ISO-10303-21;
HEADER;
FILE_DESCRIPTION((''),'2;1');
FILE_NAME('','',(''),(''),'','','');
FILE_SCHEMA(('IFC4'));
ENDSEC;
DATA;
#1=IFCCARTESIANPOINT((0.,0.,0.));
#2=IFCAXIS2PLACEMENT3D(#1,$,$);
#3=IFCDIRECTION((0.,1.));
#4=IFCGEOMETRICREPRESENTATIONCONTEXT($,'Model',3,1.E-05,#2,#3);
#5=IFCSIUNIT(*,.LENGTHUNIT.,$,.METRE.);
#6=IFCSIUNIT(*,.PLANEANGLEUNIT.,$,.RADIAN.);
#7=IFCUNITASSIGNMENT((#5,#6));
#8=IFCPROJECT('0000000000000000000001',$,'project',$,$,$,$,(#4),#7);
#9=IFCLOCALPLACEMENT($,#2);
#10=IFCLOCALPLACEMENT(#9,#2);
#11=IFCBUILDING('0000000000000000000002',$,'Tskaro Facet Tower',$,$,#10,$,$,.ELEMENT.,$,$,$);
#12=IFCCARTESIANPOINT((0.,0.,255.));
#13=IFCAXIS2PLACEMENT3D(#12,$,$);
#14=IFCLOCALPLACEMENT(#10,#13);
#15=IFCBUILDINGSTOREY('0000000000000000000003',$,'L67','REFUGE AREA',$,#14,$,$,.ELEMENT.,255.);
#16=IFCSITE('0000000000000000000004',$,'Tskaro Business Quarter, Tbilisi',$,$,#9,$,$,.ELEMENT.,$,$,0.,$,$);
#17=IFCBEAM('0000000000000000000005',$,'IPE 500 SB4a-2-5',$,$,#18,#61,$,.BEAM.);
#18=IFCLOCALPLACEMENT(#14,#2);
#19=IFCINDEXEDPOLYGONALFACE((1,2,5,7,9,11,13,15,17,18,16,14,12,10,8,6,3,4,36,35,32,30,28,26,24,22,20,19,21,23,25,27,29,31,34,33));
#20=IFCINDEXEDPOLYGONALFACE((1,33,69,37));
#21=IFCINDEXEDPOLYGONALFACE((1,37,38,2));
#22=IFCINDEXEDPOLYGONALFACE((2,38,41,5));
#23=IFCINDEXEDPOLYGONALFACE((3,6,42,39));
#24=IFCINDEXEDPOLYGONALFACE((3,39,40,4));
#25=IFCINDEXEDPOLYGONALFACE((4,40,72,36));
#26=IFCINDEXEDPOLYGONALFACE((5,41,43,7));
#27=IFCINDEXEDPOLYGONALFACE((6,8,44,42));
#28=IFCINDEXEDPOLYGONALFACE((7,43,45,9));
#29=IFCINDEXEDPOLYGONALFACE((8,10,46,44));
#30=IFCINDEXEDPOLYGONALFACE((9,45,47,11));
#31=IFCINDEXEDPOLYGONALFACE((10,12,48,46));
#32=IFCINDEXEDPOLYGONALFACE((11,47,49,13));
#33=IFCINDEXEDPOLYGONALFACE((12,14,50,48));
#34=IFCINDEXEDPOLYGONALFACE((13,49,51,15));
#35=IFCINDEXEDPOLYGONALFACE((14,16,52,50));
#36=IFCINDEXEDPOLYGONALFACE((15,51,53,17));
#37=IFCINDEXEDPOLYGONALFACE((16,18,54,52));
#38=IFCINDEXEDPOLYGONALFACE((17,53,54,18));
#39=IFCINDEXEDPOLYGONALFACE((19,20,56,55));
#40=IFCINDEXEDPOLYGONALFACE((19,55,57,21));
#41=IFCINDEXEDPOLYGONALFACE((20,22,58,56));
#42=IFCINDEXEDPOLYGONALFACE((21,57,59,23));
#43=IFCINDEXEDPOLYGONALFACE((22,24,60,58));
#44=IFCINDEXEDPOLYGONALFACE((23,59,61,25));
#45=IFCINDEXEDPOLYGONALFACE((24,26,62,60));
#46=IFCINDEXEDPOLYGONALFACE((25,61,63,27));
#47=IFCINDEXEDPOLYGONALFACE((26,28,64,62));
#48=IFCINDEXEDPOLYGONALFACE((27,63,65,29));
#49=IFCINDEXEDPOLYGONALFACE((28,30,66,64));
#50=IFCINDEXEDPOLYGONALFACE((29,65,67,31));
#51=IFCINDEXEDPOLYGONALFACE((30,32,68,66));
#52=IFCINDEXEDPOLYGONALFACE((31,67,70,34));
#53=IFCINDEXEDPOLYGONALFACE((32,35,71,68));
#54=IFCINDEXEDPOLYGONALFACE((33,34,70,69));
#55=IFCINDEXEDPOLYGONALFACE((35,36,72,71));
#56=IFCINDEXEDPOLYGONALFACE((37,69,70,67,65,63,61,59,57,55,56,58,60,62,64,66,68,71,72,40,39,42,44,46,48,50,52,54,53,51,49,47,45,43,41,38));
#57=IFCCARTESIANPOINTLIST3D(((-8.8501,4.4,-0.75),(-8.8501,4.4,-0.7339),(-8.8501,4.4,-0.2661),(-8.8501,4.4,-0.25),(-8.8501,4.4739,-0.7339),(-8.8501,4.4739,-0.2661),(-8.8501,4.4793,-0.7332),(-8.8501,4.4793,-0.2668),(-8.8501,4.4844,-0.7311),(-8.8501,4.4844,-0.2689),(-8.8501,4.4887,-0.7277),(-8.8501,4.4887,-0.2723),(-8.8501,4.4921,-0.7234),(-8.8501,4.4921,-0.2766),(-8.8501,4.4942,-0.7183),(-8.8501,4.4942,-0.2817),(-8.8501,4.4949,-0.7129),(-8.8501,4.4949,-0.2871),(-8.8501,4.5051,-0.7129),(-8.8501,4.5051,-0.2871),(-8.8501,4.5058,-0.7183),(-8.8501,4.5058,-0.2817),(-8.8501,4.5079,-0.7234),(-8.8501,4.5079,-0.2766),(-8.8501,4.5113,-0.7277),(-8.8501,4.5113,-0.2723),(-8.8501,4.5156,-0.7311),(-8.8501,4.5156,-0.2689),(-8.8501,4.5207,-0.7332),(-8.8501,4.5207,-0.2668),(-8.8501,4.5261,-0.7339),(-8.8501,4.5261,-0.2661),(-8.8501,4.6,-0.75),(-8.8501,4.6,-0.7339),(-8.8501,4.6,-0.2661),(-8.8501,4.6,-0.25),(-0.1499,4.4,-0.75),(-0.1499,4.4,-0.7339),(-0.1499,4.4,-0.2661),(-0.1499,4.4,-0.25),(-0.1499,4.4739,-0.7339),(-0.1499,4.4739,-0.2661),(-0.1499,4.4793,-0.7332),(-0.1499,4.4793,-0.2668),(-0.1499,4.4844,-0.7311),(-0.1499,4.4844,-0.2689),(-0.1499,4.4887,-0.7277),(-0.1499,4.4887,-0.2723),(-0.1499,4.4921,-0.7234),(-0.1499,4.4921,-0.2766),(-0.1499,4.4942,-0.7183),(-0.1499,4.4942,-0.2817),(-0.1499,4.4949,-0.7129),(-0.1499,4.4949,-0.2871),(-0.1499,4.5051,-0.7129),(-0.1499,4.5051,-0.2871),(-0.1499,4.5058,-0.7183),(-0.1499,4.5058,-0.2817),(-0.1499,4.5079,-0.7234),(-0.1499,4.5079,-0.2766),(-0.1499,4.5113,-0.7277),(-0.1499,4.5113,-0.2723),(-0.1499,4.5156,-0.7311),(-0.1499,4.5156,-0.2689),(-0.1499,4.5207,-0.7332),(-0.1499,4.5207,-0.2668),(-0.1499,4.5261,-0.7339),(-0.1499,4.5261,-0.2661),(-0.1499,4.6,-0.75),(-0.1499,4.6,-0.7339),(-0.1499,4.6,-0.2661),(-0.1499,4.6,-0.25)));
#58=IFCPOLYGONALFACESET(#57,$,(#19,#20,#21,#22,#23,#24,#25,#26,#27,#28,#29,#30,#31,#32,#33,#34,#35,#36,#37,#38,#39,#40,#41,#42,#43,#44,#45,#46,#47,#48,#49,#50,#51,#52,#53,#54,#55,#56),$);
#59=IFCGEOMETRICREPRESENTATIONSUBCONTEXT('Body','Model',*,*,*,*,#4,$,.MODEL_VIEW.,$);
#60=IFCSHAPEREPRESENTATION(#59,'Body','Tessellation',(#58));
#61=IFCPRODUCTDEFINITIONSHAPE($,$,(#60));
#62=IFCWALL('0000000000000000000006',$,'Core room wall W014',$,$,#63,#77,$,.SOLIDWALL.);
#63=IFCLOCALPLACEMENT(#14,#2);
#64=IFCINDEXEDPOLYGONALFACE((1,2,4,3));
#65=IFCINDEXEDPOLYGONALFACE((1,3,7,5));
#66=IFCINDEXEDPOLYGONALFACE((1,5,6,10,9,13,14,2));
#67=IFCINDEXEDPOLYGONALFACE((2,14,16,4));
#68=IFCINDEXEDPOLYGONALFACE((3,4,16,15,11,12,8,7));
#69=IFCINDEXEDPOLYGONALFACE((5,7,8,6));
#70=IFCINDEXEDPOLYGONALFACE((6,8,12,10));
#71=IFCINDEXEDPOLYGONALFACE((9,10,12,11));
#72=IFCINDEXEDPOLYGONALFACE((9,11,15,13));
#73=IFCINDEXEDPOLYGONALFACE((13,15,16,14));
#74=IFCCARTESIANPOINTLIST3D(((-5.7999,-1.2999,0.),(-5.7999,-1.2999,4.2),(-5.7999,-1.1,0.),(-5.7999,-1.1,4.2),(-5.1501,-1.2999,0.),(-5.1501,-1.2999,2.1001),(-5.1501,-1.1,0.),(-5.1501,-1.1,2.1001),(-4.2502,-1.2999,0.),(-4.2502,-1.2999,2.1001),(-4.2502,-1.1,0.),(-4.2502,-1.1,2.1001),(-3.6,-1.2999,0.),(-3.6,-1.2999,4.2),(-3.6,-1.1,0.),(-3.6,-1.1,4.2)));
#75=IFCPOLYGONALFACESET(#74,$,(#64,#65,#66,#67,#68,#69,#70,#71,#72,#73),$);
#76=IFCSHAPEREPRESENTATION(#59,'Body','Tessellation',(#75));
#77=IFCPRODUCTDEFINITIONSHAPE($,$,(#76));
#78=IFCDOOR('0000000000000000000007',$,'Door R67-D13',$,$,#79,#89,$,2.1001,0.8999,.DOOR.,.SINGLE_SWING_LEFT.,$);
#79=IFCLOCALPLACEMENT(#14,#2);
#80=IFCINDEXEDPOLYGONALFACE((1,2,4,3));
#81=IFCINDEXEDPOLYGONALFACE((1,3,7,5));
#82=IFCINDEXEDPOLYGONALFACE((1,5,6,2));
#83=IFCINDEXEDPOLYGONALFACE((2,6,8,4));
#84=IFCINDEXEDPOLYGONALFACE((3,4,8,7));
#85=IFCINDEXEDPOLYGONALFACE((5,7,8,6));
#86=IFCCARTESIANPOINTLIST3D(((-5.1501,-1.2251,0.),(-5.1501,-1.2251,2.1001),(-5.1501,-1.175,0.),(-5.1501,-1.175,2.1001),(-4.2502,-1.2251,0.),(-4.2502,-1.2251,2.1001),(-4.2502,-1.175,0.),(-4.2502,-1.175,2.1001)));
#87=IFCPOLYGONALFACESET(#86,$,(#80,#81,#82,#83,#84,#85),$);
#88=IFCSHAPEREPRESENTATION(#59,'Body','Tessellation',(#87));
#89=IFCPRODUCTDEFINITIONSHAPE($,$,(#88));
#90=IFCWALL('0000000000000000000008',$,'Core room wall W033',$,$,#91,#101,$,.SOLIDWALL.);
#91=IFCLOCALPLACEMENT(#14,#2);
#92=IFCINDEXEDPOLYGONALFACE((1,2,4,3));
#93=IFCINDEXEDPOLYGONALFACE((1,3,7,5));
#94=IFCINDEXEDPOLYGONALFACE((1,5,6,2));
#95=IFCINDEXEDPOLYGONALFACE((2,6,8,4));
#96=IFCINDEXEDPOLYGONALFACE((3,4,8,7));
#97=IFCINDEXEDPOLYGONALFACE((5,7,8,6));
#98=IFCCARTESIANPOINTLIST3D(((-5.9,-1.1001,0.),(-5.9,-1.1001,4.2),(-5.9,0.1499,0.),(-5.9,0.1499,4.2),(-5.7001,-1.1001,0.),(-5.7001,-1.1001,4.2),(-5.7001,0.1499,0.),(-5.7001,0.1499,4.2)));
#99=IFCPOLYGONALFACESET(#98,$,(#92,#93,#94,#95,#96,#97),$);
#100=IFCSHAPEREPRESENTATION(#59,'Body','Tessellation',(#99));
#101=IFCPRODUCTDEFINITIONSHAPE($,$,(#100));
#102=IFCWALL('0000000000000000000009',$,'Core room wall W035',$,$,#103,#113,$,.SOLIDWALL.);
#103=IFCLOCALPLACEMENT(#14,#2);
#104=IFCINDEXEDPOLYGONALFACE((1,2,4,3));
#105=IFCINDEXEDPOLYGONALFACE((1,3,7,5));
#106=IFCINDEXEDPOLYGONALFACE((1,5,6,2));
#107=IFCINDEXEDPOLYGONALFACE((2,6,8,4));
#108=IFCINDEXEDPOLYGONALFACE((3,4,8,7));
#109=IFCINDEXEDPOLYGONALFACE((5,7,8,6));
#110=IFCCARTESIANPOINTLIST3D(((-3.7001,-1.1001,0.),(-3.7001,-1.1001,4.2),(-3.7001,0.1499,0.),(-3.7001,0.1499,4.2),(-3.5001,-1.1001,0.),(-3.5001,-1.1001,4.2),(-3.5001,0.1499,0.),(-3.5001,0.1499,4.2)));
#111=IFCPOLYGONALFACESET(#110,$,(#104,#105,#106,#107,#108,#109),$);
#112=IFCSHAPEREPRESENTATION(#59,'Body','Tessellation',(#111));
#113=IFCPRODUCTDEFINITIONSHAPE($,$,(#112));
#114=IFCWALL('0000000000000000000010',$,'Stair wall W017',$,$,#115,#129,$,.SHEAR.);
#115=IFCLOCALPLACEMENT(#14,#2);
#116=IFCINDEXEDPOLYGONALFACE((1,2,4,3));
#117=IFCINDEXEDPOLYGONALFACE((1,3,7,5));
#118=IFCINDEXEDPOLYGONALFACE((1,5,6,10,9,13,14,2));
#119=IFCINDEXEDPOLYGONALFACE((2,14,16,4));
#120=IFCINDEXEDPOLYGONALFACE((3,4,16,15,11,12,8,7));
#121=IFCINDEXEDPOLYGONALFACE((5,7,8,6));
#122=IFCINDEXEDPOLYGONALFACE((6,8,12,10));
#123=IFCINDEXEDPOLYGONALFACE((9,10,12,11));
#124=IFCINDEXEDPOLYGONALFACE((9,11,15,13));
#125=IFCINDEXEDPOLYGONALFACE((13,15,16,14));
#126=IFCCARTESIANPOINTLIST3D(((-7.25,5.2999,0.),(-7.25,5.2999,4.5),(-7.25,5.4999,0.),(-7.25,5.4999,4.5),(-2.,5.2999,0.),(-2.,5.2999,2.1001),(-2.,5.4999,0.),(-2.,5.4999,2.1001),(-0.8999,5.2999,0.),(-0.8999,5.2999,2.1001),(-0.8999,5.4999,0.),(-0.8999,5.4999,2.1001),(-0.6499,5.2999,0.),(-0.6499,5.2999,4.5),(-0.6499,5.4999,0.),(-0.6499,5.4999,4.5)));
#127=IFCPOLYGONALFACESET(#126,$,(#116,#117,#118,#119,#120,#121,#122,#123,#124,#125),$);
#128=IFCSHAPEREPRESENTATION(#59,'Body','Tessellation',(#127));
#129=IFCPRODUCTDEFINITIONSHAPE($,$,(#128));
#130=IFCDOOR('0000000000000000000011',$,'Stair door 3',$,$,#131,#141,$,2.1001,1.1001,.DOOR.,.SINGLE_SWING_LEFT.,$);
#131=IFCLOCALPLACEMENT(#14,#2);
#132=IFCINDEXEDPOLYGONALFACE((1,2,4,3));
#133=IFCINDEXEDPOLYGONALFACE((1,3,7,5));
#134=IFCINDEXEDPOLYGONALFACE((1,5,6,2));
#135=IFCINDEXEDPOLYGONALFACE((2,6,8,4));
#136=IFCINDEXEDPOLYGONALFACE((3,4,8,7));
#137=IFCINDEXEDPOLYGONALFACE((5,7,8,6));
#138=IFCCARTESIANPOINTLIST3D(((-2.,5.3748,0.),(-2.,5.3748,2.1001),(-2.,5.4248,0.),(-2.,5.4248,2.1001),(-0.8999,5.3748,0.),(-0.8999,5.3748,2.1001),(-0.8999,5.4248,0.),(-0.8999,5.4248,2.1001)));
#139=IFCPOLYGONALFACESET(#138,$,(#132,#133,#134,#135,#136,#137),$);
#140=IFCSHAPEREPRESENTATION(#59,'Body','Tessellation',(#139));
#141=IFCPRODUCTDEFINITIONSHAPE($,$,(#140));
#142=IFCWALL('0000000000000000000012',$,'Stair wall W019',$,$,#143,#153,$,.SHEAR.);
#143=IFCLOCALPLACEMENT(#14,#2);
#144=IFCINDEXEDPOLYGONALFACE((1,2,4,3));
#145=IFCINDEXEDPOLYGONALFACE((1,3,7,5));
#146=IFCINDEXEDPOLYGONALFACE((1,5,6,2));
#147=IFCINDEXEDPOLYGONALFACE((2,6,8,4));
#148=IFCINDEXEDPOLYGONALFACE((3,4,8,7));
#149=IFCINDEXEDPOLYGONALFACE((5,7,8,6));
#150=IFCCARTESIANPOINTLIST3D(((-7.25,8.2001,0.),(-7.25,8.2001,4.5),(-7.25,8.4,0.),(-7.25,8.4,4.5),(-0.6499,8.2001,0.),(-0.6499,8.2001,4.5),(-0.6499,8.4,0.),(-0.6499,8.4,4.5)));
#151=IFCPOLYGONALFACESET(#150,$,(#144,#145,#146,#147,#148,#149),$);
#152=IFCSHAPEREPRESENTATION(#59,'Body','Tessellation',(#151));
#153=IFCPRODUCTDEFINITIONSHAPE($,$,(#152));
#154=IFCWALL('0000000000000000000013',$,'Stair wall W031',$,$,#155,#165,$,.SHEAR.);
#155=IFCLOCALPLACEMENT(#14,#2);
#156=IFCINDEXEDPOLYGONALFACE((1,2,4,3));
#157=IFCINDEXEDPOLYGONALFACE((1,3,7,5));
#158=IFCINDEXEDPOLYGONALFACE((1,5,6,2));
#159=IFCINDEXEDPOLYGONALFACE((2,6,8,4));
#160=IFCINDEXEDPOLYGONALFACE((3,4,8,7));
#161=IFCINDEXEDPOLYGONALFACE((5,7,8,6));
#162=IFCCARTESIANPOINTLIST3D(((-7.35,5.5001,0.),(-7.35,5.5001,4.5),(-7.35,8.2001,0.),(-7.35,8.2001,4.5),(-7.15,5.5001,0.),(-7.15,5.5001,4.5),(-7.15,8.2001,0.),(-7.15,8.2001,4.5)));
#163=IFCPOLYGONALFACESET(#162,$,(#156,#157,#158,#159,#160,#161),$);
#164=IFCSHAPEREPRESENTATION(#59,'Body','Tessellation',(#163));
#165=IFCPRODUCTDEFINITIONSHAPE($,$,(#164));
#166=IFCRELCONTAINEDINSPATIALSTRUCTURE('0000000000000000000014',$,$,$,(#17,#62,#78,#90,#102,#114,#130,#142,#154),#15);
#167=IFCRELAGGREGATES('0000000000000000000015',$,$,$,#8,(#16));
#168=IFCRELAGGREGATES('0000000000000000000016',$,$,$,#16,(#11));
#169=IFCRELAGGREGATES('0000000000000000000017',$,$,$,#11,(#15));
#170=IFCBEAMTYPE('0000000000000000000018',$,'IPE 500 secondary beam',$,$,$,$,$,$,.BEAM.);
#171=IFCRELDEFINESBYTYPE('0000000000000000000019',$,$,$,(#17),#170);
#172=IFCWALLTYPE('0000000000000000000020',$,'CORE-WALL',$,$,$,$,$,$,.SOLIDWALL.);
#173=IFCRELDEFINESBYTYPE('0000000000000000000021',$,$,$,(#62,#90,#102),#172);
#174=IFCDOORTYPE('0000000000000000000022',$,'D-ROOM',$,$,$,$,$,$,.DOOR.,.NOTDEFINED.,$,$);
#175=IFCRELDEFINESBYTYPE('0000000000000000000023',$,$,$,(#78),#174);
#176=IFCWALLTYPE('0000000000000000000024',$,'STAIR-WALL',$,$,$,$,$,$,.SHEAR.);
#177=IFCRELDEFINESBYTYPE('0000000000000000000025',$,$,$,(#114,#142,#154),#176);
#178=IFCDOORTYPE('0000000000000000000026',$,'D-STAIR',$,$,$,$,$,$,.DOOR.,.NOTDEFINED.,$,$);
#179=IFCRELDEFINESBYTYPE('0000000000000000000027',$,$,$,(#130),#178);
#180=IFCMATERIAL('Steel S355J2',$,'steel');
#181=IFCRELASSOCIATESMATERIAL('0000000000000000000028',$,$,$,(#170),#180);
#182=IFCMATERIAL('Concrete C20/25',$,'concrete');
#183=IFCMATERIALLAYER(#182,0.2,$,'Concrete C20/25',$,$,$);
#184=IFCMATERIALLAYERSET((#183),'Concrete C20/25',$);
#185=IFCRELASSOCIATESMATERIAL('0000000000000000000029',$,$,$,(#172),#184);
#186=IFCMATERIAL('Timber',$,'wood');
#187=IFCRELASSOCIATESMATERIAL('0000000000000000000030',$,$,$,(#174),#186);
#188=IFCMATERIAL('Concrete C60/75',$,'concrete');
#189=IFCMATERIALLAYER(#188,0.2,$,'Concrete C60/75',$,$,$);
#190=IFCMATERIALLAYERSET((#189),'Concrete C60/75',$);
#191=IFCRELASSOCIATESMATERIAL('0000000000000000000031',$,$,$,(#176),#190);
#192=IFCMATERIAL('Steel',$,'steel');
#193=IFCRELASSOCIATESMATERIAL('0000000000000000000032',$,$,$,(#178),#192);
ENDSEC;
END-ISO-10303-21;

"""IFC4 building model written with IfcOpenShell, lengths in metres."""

from ifc_helpers import new_model, si_unit, direction, frame, frame_2d, origin, origin_2d, place, context, subcontext, project, spatial, rectangle, i_section, extrude, material, layer, layer_set, material_profile, profile_set, type_object, element, fill, save


model = new_model("IFC4")

# Units and contexts
model_context = context("Model", 3, precision=1e-05, world=origin(), true_north=direction((0.0, 1.0)))
body_context = subcontext(model_context, "Body", "Model", "MODEL_VIEW")
ifc_project = project(units=[si_unit("LENGTHUNIT", "METRE"), si_unit("PLANEANGLEUNIT", "RADIAN")], contexts=[model_context])

# Site, building, storey
site_placement = place(None, origin())
site = spatial("IfcSite", under=ifc_project, at=site_placement, Name="Tskaro Business Quarter, Tbilisi", CompositionType="ELEMENT", RefElevation=0.0)
building_placement = place(site_placement, origin())
building = spatial("IfcBuilding", under=site, at=building_placement, Name="Tskaro Facet Tower", CompositionType="ELEMENT")
storey_placement = place(building_placement, frame((0.0, 0.0, 255.0)))
storey = spatial("IfcBuildingStorey", under=building, at=storey_placement, Name="L67", Description="REFUGE AREA", CompositionType="ELEMENT", Elevation=255.0)

# Beam
ifc_material_1 = material(Name="Steel S355J2", Category="steel")
ifc_material_profile_1 = material_profile(ifc_material_1, i_section(OverallWidth=0.2, OverallDepth=0.5, WebThickness=0.0103, FlangeThickness=0.0161, FilletRadius=0.021, at=origin_2d()), Name="IPE 500")
ifc_profile_set_1 = profile_set([ifc_material_profile_1], Name="Steel S355J2")
beam_type_1 = type_object("IfcBeamType", Name="IPE 500 secondary beam", PredefinedType="BEAM", material=ifc_profile_set_1)
beam_1_placement = place(storey_placement, frame((-8.8501, 4.5, -0.5), z_axis=(1.0, 0.0, 0.0), x_axis=(0.0, 1.0, 0.0)))
element("IfcBeam", 1, at=beam_1_placement, inside=storey, type_object=beam_type_1, Name="IPE 500 SB4a-2-5", PredefinedType="BEAM", context=body_context, shape_type="SweptSolid", body=[
    extrude(i_section(OverallWidth=0.2, OverallDepth=0.5, WebThickness=0.0103, FlangeThickness=0.0161, FilletRadius=0.021, at=origin_2d()), origin(), (0.0, 0.0, 1.0), 8.7002),
])

# Wall, opening, door
ifc_material_2 = material(Name="Concrete C20/25", Category="concrete")
ifc_layer_1 = layer(ifc_material_2, 0.2, Name="Concrete C20/25")
ifc_layer_set_1 = layer_set([ifc_layer_1], Name="Concrete C20/25")
wall_type_1 = type_object("IfcWallType", Name="CORE-WALL", PredefinedType="SOLIDWALL", material=ifc_layer_set_1)
wall_1_placement = place(storey_placement, frame((-5.8, -1.2, 0.0), z_axis=(0.0, 0.0, 1.0), x_axis=(1.0, 0.0, 0.0)))
wall_1 = element("IfcWall", 2, at=wall_1_placement, inside=storey, type_object=wall_type_1, Name="Core room wall W014", PredefinedType="SOLIDWALL", context=body_context, shape_type="SweptSolid", body=[
    extrude(rectangle(XDim=2.2, YDim=0.2, at=frame_2d((1.1001, 0.0))), origin(), (0.0, 0.0, 1.0), 4.2),
])
opening_1_placement = place(wall_1_placement, frame((0.6499, 0.0, 0.0)))
opening_1 = element("IfcOpeningElement", 3, at=opening_1_placement, cuts=wall_1, PredefinedType="OPENING", context=body_context, shape_type="SweptSolid", body=[
    extrude(rectangle(XDim=0.8999, YDim=2.1001, at=frame_2d((0.45, 1.05))), frame((0.0, 0.1099, 0.0), z_axis=(0.0, -1.0, 0.0), x_axis=(1.0, 0.0, 0.0)), (0.0, 0.0, 1.0), 0.22),
])
ifc_material_3 = material(Name="Timber", Category="wood")
door_type_1 = type_object("IfcDoorType", Name="D-ROOM", OperationType="NOTDEFINED", PredefinedType="DOOR", material=ifc_material_3)
door_1_placement = place(opening_1_placement, origin())
door_1 = element("IfcDoor", 4, at=door_1_placement, inside=storey, type_object=door_type_1, Name="Door R67-D13", OperationType="SINGLE_SWING_LEFT", OverallHeight=2.1001, OverallWidth=0.8999, PredefinedType="DOOR", context=body_context, shape_type="SweptSolid", body=[
    extrude(rectangle(XDim=0.8999, YDim=2.1001, at=frame_2d((0.45, 1.05))), frame((0.0, 0.0249, 0.0), z_axis=(0.0, -1.0, 0.0), x_axis=(1.0, 0.0, 0.0)), (0.0, 0.0, 1.0), 0.05),
])
fill(opening_1, door_1)

# Walls
for number, where, z_axis, x_axis, name in (
    (5, (-5.8, -1.1001, 0.0), (0.0, 0.0, 1.0), (0.0, 1.0, 0.0), "Core room wall W033"),
    (6, (-3.6001, -1.1001, 0.0), (0.0, 0.0, 1.0), (0.0, 1.0, 0.0), "Core room wall W035"),
):
    element("IfcWall", number, at=place(storey_placement, frame(where, z_axis=z_axis, x_axis=x_axis)), inside=storey, type_object=wall_type_1, Name=name, PredefinedType="SOLIDWALL", context=body_context, shape_type="SweptSolid", body=[
        extrude(rectangle(XDim=1.25, YDim=0.2, at=frame_2d((0.625, 0.0))), origin(), (0.0, 0.0, 1.0), 4.2),
    ])

# Wall, opening, door
ifc_material_4 = material(Name="Concrete C60/75", Category="concrete")
ifc_layer_2 = layer(ifc_material_4, 0.2, Name="Concrete C60/75")
ifc_layer_set_2 = layer_set([ifc_layer_2], Name="Concrete C60/75")
wall_type_2 = type_object("IfcWallType", Name="STAIR-WALL", PredefinedType="SHEAR", material=ifc_layer_set_2)
wall_2_placement = place(storey_placement, frame((-7.25, 5.3999, 0.0), z_axis=(0.0, 0.0, 1.0), x_axis=(1.0, 0.0, 0.0)))
wall_2 = element("IfcWall", 7, at=wall_2_placement, inside=storey, type_object=wall_type_2, Name="Stair wall W017", PredefinedType="SHEAR", context=body_context, shape_type="SweptSolid", body=[
    extrude(rectangle(XDim=6.6001, YDim=0.2, at=frame_2d((3.3, 0.0))), origin(), (0.0, 0.0, 1.0), 4.5),
])
opening_2_placement = place(wall_2_placement, frame((5.25, 0.0, 0.0)))
opening_2 = element("IfcOpeningElement", 8, at=opening_2_placement, cuts=wall_2, PredefinedType="OPENING", context=body_context, shape_type="SweptSolid", body=[
    extrude(rectangle(XDim=1.1001, YDim=2.1001, at=frame_2d((0.55, 1.05))), frame((0.0, 0.1099, 0.0), z_axis=(0.0, -1.0, 0.0), x_axis=(1.0, 0.0, 0.0)), (0.0, 0.0, 1.0), 0.22),
])
ifc_material_5 = material(Name="Steel", Category="steel")
door_type_2 = type_object("IfcDoorType", Name="D-STAIR", OperationType="NOTDEFINED", PredefinedType="DOOR", material=ifc_material_5)
door_2_placement = place(opening_2_placement, origin())
door_2 = element("IfcDoor", 9, at=door_2_placement, inside=storey, type_object=door_type_2, Name="Stair door 3", OperationType="SINGLE_SWING_LEFT", OverallHeight=2.1001, OverallWidth=1.1001, PredefinedType="DOOR", context=body_context, shape_type="SweptSolid", body=[
    extrude(rectangle(XDim=1.1001, YDim=2.1001, at=frame_2d((0.55, 1.05))), frame((0.0, 0.0249, 0.0), z_axis=(0.0, -1.0, 0.0), x_axis=(1.0, 0.0, 0.0)), (0.0, 0.0, 1.0), 0.05),
])
fill(opening_2, door_2)

# Walls
wall_3_placement = place(storey_placement, frame((-7.25, 8.3, 0.0), z_axis=(0.0, 0.0, 1.0), x_axis=(1.0, 0.0, 0.0)))
element("IfcWall", 10, at=wall_3_placement, inside=storey, type_object=wall_type_2, Name="Stair wall W019", PredefinedType="SHEAR", context=body_context, shape_type="SweptSolid", body=[
    extrude(rectangle(XDim=6.6001, YDim=0.2, at=frame_2d((3.3, 0.0))), origin(), (0.0, 0.0, 1.0), 4.5),
])
wall_4_placement = place(storey_placement, frame((-7.25, 5.5, 0.0), z_axis=(0.0, 0.0, 1.0), x_axis=(0.0, 1.0, 0.0)))
element("IfcWall", 11, at=wall_4_placement, inside=storey, type_object=wall_type_2, Name="Stair wall W031", PredefinedType="SHEAR", context=body_context, shape_type="SweptSolid", body=[
    extrude(rectangle(XDim=2.7, YDim=0.2, at=frame_2d((1.3501, 0.0))), origin(), (0.0, 0.0, 1.0), 4.5),
])

save(model, "model.ifc")
